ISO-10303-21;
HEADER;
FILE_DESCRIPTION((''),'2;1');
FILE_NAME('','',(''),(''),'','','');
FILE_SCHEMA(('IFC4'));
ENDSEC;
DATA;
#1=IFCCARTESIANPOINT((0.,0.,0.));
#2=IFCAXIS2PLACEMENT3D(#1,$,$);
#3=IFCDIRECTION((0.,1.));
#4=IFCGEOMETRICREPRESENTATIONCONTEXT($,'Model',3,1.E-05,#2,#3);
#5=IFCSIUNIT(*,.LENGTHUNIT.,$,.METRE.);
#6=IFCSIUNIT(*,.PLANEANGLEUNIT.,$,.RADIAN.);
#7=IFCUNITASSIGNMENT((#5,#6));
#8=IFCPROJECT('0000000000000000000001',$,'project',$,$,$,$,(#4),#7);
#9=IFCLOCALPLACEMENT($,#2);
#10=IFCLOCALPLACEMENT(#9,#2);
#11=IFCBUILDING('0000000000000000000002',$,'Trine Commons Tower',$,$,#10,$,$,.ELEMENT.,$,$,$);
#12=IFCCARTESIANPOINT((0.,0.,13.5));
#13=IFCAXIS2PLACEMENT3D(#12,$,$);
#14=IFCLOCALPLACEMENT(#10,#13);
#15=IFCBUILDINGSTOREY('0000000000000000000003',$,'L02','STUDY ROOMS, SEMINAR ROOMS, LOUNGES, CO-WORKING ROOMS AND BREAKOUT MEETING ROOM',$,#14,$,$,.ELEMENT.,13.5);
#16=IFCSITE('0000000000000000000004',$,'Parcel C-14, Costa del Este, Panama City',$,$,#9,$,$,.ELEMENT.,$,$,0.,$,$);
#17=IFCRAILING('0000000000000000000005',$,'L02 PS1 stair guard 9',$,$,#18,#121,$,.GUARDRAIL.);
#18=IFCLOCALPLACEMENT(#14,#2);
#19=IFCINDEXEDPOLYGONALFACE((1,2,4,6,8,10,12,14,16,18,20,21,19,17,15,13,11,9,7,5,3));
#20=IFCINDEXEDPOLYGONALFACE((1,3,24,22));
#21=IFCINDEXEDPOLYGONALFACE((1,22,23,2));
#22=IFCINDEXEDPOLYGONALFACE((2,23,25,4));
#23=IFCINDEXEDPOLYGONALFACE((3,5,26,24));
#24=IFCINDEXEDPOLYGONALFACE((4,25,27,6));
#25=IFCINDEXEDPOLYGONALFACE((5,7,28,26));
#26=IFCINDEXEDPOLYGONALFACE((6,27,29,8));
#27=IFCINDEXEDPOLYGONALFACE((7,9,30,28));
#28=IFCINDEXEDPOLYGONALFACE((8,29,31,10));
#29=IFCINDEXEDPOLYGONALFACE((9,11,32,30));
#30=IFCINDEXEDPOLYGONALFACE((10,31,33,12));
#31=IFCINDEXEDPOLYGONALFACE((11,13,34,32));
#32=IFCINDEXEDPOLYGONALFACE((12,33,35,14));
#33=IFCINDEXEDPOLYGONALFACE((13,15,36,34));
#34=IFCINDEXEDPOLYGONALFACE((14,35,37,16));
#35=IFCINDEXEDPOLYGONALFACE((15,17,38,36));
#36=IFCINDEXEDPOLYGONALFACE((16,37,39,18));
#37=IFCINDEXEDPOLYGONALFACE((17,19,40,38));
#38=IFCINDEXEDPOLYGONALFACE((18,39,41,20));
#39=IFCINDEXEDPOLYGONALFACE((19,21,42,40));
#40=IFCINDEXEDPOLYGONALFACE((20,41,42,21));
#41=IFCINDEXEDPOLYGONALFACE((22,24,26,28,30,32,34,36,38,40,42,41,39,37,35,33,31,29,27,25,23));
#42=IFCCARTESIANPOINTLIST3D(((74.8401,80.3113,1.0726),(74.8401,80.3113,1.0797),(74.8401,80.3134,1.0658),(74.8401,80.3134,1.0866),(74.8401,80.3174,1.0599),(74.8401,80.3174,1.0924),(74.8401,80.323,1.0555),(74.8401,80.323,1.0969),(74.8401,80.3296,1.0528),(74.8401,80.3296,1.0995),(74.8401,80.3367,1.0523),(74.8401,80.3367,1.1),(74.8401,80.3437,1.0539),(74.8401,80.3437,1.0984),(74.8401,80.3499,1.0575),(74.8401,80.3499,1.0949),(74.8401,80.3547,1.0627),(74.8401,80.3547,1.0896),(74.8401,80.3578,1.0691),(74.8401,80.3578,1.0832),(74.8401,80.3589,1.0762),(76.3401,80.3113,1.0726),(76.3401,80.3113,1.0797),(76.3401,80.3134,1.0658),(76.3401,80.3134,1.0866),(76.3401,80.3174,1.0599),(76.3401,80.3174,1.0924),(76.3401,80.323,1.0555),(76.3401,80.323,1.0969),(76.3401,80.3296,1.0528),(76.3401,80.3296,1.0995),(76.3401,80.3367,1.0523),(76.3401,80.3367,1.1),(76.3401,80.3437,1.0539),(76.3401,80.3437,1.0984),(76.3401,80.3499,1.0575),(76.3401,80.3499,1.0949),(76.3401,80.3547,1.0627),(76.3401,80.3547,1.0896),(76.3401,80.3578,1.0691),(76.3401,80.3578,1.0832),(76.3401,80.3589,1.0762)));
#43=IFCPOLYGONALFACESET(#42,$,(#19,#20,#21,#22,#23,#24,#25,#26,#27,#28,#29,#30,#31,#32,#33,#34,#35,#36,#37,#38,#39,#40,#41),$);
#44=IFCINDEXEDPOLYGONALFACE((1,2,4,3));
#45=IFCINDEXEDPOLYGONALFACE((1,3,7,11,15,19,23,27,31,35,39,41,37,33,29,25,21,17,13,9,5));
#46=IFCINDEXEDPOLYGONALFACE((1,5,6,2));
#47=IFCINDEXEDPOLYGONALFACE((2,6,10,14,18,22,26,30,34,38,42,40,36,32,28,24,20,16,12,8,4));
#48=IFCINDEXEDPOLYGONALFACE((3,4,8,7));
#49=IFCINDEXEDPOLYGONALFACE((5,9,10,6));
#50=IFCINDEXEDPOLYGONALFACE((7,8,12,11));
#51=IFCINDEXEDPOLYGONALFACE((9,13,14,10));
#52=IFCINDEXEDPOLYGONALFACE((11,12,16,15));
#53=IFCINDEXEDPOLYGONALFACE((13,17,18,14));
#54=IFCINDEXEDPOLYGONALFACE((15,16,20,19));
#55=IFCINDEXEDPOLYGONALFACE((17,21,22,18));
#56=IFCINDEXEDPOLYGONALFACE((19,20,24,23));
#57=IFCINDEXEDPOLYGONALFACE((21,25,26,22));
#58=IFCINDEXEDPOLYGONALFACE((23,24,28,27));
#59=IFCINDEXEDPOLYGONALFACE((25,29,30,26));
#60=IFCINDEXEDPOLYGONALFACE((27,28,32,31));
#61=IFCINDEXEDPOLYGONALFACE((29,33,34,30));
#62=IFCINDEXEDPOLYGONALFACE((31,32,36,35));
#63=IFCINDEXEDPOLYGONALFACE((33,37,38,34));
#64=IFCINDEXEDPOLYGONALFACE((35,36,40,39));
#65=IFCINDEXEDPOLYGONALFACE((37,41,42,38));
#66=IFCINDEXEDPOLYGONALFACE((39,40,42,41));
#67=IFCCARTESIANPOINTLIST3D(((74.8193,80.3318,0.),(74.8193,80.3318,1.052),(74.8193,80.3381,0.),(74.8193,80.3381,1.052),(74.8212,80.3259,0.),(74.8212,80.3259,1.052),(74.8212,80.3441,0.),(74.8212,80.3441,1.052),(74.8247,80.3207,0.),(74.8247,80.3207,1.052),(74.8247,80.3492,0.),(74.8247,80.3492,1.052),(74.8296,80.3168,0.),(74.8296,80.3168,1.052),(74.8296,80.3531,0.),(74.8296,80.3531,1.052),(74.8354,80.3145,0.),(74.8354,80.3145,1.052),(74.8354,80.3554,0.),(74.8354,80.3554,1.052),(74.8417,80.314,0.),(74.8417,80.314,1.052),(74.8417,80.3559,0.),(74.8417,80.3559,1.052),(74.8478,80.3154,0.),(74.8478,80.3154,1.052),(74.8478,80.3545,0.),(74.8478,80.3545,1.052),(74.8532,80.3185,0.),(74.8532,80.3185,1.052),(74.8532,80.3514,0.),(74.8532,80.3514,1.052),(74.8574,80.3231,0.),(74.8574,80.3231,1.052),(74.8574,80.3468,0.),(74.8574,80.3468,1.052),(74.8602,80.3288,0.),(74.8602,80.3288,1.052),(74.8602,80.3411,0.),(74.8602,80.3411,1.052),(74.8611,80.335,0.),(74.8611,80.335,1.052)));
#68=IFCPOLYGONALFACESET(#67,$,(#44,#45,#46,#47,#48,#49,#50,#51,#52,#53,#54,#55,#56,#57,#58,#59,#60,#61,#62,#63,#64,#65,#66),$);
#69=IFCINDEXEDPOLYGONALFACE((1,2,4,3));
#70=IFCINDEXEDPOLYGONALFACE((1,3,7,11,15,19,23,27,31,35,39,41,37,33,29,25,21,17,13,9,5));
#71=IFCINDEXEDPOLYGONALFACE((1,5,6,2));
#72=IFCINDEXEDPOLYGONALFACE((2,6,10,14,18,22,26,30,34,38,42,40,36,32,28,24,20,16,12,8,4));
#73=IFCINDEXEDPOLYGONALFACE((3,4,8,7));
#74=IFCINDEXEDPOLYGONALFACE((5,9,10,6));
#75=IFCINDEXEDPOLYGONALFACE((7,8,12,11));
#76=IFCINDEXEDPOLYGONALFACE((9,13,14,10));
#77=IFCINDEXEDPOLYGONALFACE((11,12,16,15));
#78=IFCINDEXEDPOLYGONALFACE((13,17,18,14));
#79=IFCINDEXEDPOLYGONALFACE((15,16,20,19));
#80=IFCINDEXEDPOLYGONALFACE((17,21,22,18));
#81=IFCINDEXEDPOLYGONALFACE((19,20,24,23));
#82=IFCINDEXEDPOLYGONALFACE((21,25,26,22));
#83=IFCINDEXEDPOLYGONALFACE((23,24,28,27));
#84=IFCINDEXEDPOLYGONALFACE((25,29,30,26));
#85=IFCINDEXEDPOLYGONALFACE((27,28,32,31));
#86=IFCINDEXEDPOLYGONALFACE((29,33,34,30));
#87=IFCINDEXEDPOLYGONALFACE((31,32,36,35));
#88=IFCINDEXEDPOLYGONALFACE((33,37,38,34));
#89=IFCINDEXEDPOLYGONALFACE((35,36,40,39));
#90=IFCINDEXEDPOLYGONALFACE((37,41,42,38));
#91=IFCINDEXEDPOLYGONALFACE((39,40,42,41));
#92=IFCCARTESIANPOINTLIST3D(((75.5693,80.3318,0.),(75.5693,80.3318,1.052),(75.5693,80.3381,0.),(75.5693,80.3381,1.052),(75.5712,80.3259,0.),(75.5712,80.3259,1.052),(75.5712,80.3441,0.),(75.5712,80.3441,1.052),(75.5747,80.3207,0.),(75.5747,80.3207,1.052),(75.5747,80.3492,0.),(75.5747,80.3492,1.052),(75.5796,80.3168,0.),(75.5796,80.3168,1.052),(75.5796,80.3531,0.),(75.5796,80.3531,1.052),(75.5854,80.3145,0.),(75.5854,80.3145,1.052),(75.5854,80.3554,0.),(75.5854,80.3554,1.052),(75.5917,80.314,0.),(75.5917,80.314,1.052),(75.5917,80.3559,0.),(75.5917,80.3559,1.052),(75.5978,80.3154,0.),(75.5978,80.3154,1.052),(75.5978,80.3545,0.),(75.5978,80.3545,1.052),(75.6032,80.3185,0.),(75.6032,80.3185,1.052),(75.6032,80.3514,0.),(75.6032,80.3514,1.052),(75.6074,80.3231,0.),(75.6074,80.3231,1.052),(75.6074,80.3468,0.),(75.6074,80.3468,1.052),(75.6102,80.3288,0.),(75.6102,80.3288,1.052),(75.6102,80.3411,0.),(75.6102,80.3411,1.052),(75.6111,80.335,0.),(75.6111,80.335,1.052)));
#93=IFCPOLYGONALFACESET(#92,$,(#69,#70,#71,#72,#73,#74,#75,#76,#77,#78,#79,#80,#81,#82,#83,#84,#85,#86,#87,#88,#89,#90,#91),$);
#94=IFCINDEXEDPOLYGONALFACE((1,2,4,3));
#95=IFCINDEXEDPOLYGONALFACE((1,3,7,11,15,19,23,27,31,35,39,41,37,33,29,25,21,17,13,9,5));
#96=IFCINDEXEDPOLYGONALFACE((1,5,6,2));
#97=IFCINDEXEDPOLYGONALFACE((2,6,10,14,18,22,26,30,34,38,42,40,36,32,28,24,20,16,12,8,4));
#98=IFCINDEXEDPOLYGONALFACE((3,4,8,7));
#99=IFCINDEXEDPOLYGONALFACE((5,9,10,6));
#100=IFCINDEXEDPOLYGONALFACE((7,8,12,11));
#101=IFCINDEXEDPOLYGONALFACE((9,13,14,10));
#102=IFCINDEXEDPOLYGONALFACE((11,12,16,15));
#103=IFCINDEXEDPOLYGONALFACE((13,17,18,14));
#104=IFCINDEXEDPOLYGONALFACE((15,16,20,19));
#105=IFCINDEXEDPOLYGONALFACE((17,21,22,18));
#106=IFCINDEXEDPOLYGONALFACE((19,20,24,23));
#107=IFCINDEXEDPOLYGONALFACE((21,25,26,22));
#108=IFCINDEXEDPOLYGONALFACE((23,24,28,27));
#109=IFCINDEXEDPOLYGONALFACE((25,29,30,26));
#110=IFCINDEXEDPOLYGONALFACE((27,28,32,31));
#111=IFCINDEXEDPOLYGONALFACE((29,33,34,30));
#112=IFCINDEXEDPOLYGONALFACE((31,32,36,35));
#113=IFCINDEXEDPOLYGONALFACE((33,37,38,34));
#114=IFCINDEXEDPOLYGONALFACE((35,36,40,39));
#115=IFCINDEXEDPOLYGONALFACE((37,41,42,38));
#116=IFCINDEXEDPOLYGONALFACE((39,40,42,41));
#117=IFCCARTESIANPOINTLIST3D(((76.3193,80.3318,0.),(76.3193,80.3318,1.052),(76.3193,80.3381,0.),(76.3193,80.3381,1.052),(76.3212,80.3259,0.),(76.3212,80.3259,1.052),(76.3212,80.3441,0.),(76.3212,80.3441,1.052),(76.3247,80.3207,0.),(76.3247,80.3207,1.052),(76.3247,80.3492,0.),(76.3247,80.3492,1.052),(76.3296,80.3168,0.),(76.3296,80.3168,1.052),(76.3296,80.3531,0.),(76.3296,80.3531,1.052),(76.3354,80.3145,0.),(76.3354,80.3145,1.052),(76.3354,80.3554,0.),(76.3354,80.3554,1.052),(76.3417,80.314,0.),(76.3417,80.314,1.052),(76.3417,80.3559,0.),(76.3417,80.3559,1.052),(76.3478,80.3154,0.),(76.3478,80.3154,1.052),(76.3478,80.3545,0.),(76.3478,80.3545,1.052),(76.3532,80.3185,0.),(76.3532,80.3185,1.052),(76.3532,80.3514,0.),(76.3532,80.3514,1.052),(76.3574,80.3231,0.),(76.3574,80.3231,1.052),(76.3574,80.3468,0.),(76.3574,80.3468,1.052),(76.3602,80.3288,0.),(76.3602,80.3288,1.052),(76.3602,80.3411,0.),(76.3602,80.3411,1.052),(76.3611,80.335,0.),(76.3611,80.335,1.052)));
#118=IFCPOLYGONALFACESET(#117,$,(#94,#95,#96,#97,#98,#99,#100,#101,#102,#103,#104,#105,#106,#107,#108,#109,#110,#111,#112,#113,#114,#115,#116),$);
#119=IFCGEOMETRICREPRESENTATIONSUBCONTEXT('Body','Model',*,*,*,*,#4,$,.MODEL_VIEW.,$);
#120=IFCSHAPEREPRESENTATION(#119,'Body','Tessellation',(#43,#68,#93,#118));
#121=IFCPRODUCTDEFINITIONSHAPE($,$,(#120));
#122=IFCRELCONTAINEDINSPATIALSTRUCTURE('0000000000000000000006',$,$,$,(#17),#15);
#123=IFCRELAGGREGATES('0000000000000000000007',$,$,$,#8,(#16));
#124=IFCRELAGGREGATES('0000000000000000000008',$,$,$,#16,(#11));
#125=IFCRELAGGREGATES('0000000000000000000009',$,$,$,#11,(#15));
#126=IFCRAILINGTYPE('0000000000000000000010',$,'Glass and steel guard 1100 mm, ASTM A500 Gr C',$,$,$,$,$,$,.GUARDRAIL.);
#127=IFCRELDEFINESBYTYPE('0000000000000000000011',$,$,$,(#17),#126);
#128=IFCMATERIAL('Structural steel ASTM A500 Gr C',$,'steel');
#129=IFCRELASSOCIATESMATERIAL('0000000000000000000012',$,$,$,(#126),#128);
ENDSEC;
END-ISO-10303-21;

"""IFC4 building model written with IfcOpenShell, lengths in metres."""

from ifc_helpers import new_model, si_unit, direction, frame, origin, origin_2d, place, context, subcontext, project, spatial, circle, extrude, material, type_object, element, save


model = new_model("IFC4")

# Units and contexts
model_context = context("Model", 3, precision=1e-05, world=origin(), true_north=direction((0.0, 1.0)))
body_context = subcontext(model_context, "Body", "Model", "MODEL_VIEW")
ifc_project = project(units=[si_unit("LENGTHUNIT", "METRE"), si_unit("PLANEANGLEUNIT", "RADIAN")], contexts=[model_context])

# Site, building, storey
site_placement = place(None, origin())
site = spatial("IfcSite", under=ifc_project, at=site_placement, Name="Parcel C-14, Costa del Este, Panama City", CompositionType="ELEMENT", RefElevation=0.0)
building_placement = place(site_placement, origin())
building = spatial("IfcBuilding", under=site, at=building_placement, Name="Trine Commons Tower", CompositionType="ELEMENT")
storey_placement = place(building_placement, frame((0.0, 0.0, 13.5)))
storey = spatial("IfcBuildingStorey", under=building, at=storey_placement, Name="L02", Description="STUDY ROOMS, SEMINAR ROOMS, LOUNGES, CO-WORKING ROOMS AND BREAKOUT MEETING ROOM", CompositionType="ELEMENT", Elevation=13.5)

# Railing
ifc_material_1 = material(Name="Structural steel ASTM A500 Gr C", Category="steel")
railing_type_1 = type_object("IfcRailingType", Name="Glass and steel guard 1100 mm, ASTM A500 Gr C", PredefinedType="GUARDRAIL", material=ifc_material_1)
for number, where, name in (
    (1, (74.8401, 80.335, 0.0), "L02 PS1 stair guard 9"),
):
    element("IfcRailing", number, at=place(storey_placement, frame(where)), inside=storey, type_object=railing_type_1, Name=name, PredefinedType="GUARDRAIL", context=body_context, shape_type="SweptSolid", body=[
        extrude(circle(Radius=0.0239, at=origin_2d()), frame((0.0, 0.0, 1.0762), z_axis=(1.0, 0.0, 0.0), x_axis=(0.0, 1.0, 0.0)), (0.0, 0.0, 1.0), 1.5),
        extrude(circle(Radius=0.021, at=origin_2d()), origin(), (0.0, 0.0, 1.0), 1.052),
        extrude(circle(Radius=0.021, at=origin_2d()), frame((0.75, 0.0, 0.0)), (0.0, 0.0, 1.0), 1.052),
        extrude(circle(Radius=0.021, at=origin_2d()), frame((1.5, 0.0, 0.0)), (0.0, 0.0, 1.0), 1.052),
    ])

save(model, "model.ifc")
